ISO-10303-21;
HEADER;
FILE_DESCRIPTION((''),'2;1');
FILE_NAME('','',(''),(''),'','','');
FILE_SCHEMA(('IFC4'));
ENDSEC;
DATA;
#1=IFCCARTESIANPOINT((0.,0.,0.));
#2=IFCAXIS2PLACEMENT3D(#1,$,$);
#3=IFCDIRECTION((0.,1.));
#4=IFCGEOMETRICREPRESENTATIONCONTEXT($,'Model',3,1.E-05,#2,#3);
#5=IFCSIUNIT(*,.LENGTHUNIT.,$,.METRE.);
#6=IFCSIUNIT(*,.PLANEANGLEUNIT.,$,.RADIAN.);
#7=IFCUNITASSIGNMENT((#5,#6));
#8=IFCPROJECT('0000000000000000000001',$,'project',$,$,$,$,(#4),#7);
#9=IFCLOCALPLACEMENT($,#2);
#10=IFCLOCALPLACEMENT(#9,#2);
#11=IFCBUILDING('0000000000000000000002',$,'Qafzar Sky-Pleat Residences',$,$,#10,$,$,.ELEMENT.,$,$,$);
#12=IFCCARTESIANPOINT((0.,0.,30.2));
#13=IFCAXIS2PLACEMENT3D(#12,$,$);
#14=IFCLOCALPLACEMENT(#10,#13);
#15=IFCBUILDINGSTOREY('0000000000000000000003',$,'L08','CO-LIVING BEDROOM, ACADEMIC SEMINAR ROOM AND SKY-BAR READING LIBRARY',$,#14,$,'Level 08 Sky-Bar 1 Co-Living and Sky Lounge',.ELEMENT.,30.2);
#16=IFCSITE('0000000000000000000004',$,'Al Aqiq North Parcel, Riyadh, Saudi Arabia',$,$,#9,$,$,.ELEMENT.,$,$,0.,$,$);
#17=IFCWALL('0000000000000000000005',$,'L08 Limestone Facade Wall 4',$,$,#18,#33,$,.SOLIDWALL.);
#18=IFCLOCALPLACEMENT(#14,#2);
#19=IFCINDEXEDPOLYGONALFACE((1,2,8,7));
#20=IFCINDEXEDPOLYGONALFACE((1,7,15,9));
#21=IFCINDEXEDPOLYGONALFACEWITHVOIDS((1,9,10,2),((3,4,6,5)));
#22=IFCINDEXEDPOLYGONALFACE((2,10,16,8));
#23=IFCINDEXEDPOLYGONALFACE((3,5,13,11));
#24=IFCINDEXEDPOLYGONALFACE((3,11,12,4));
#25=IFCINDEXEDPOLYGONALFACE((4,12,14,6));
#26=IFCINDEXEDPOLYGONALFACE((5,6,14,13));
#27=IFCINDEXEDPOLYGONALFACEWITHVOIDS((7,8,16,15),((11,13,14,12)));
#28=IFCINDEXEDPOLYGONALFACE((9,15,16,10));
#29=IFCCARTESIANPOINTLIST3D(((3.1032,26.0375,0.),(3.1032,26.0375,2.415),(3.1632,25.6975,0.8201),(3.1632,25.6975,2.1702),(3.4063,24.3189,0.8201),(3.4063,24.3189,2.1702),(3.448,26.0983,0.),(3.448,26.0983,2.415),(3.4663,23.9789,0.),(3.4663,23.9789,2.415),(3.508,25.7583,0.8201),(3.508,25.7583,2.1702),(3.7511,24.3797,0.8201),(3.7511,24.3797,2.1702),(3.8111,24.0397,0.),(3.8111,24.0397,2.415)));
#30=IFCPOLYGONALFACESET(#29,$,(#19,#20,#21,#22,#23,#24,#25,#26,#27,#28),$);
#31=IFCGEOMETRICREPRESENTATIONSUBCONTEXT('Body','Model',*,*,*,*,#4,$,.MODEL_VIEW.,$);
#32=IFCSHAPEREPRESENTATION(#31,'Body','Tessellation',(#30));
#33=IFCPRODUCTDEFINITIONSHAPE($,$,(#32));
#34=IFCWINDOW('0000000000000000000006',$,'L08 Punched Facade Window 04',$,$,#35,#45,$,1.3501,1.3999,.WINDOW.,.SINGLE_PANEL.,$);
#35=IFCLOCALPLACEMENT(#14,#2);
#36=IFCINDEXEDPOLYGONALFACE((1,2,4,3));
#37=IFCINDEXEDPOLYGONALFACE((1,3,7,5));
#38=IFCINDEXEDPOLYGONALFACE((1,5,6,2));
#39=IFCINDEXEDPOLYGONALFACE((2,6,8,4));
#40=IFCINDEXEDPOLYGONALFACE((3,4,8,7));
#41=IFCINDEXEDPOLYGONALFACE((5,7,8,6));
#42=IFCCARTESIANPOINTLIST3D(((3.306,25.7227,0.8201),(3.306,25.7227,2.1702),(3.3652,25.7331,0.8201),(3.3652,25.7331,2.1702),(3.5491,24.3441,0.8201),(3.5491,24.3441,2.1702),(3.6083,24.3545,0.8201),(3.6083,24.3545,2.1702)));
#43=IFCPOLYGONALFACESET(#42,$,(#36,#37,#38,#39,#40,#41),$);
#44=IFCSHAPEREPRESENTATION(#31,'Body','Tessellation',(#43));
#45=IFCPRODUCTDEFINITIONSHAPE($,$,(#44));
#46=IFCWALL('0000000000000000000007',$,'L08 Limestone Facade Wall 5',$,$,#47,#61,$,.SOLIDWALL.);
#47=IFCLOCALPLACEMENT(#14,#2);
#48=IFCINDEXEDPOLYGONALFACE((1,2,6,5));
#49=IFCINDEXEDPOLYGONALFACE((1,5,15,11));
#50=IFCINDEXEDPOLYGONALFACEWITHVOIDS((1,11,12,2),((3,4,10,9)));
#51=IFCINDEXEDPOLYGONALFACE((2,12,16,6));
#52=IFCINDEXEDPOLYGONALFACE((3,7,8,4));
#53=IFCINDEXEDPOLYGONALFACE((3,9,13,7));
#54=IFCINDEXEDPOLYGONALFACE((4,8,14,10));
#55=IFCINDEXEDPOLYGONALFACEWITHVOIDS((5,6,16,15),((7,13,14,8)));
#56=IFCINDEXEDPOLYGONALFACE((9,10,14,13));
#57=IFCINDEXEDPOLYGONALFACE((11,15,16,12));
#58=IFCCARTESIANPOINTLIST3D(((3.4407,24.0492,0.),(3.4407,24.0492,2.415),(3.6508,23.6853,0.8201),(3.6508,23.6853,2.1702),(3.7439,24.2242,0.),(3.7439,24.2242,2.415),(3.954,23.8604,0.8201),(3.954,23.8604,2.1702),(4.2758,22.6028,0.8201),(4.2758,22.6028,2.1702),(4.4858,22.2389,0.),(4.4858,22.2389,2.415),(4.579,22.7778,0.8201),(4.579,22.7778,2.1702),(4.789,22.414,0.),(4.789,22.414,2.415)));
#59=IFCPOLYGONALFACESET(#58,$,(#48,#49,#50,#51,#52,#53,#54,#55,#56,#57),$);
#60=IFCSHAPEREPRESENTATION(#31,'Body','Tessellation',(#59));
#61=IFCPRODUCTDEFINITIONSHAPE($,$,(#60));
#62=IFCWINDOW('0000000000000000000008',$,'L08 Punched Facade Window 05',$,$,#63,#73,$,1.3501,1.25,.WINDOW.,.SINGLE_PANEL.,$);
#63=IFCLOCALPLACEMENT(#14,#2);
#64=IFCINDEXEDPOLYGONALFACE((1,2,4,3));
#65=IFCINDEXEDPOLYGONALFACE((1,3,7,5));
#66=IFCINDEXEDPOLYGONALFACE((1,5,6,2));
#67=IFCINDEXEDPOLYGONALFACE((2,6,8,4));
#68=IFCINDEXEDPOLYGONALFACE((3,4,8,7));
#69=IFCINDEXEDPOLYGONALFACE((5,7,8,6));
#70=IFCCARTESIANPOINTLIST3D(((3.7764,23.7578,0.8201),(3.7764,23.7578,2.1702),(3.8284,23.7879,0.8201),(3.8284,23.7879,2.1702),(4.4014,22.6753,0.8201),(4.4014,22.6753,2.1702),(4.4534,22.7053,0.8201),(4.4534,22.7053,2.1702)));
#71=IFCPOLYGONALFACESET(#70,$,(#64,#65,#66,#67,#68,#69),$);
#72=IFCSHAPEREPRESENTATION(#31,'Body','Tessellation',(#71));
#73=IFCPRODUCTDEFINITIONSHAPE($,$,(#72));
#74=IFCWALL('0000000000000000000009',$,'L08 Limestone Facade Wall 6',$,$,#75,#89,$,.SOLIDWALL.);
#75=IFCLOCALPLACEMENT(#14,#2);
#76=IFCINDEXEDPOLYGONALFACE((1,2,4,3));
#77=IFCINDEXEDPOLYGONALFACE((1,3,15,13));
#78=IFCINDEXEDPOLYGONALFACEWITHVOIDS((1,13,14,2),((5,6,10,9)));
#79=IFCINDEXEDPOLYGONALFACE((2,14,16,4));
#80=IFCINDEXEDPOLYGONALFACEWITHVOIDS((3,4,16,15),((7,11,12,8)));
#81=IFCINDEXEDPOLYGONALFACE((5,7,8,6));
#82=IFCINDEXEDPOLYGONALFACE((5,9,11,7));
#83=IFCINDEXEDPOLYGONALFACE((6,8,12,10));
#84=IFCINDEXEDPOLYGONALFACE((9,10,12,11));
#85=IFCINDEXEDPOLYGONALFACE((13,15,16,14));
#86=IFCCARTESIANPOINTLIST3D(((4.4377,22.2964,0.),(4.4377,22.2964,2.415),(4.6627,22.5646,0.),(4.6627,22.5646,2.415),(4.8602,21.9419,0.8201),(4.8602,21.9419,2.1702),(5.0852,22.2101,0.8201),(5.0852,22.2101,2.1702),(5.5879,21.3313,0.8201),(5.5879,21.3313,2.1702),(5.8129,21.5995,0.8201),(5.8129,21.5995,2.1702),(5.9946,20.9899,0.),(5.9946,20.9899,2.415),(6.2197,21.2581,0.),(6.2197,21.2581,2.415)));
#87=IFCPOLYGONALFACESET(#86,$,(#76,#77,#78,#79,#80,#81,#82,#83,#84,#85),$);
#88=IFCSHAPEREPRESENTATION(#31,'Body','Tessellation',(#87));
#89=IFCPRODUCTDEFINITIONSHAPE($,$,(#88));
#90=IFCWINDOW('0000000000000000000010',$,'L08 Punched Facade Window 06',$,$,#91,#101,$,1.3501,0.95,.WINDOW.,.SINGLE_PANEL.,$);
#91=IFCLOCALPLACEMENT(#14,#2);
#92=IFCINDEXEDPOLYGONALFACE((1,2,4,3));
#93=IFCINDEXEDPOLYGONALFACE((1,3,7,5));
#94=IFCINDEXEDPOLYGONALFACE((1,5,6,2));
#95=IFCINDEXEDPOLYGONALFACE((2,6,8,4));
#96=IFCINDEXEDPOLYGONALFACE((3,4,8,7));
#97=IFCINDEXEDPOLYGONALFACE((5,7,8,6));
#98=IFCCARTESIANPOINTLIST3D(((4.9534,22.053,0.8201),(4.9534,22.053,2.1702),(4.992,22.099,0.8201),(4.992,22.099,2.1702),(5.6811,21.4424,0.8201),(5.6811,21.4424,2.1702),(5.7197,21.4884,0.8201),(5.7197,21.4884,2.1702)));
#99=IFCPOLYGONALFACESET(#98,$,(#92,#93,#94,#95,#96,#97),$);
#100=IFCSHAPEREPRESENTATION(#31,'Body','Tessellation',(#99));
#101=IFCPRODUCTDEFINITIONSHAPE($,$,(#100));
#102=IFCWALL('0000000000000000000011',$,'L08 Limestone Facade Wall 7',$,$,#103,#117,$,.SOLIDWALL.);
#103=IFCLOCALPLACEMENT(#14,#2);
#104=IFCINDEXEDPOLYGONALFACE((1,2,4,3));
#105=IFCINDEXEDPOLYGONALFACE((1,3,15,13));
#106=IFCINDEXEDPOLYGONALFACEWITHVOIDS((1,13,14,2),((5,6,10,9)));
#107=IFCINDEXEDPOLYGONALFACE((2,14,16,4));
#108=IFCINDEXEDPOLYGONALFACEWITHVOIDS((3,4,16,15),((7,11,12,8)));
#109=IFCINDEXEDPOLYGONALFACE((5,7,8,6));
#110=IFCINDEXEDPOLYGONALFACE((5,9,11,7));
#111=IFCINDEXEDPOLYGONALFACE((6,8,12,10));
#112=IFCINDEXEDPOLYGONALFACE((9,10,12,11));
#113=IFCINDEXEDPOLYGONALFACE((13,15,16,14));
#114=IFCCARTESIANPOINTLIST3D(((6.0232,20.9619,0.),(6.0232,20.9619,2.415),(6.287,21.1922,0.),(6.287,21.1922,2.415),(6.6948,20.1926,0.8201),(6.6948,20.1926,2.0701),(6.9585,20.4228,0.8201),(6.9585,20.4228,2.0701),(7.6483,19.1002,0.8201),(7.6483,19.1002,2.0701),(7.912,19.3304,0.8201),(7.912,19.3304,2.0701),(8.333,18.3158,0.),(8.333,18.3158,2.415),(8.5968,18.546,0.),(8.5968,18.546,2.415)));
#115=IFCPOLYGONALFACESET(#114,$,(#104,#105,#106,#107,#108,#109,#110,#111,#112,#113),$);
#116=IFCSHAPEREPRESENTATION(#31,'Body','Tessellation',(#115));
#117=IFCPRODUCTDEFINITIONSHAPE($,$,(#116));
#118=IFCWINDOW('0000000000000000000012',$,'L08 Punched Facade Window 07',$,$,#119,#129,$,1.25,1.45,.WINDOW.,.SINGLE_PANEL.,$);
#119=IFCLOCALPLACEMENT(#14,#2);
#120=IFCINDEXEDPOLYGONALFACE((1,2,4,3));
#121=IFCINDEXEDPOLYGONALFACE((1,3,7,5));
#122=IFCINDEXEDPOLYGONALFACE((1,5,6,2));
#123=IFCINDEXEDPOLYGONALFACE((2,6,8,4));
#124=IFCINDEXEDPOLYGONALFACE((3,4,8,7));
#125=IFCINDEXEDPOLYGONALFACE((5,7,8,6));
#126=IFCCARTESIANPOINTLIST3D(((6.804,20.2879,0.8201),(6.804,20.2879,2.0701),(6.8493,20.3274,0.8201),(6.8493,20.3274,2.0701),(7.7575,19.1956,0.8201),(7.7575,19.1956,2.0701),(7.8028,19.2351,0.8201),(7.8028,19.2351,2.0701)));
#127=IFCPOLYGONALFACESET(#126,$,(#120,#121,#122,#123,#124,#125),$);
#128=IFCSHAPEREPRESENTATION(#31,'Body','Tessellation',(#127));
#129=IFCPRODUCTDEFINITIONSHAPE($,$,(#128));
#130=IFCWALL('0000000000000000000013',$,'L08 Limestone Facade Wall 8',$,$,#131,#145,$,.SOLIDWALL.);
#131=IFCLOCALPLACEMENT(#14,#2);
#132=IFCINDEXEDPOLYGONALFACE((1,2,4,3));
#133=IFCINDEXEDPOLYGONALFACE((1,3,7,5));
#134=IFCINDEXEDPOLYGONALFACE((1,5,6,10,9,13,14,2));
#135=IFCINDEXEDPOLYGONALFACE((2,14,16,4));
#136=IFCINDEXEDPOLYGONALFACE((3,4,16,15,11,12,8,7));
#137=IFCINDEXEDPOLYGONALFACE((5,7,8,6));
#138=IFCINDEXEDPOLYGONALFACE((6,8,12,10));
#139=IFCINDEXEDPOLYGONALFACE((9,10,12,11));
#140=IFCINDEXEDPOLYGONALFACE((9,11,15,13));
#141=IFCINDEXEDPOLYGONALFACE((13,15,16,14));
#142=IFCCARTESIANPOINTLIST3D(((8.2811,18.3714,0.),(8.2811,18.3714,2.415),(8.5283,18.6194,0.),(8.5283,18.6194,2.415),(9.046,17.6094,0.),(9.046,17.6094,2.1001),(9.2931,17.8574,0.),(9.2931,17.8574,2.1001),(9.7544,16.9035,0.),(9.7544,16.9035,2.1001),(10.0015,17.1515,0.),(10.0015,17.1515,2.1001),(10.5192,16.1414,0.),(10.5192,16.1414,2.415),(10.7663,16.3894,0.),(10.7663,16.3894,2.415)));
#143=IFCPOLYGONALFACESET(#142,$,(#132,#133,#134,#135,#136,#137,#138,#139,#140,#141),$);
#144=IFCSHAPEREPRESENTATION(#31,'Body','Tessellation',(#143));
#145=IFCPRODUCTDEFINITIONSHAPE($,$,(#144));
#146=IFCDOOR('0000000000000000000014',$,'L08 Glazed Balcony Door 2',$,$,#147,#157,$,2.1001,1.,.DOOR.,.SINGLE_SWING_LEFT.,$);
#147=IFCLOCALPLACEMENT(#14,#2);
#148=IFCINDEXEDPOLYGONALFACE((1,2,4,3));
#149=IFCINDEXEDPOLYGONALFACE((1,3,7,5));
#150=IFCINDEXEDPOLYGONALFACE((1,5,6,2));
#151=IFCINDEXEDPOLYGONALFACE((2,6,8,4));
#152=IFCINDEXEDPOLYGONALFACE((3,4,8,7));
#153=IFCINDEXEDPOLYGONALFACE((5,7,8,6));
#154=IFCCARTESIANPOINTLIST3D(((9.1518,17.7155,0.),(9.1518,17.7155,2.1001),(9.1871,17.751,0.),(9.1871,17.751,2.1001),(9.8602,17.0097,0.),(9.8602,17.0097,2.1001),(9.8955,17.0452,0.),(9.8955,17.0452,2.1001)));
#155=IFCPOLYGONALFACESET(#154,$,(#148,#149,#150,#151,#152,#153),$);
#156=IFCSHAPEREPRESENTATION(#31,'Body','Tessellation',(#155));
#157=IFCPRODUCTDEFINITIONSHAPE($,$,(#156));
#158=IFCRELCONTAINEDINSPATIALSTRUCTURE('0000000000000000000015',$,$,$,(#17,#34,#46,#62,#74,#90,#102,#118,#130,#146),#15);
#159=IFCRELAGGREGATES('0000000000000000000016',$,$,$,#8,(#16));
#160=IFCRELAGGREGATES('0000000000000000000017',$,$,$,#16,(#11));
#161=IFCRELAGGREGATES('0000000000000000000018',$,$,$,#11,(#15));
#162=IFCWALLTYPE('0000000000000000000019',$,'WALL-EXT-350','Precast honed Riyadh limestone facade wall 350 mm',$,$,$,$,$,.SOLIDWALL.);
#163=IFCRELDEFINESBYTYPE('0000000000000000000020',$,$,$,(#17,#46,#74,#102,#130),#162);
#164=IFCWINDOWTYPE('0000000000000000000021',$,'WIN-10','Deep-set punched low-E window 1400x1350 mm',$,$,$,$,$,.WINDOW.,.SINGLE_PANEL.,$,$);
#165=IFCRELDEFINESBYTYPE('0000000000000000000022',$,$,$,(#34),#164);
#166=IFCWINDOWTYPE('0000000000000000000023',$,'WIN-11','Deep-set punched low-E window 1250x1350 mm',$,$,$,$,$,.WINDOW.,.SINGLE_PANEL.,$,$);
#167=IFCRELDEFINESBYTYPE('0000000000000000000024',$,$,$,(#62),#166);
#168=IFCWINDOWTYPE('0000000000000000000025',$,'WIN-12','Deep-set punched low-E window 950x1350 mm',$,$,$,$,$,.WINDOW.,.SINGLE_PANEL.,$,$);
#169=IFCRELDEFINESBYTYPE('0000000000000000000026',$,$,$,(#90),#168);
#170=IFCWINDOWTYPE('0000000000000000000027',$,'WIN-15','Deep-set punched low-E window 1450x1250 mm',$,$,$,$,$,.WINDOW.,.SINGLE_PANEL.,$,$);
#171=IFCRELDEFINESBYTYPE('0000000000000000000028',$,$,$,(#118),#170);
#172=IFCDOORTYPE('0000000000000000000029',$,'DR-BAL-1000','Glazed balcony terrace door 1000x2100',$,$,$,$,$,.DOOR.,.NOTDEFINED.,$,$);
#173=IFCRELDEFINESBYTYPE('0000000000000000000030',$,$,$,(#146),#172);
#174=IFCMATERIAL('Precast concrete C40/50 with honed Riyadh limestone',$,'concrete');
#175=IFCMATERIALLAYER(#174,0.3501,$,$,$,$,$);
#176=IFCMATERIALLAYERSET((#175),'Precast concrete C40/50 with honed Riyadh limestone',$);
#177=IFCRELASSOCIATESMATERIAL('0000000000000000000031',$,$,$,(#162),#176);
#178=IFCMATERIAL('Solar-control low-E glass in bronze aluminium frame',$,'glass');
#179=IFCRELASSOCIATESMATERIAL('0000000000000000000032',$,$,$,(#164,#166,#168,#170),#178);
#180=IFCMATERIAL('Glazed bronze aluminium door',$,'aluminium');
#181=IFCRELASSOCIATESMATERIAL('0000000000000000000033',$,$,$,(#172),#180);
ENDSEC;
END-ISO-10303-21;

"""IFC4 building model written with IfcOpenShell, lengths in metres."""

from ifc_helpers import new_model, si_unit, direction, frame, frame_2d, origin, place, context, subcontext, project, spatial, rectangle, extrude, source, transform, mapped, material, layer, layer_set, type_object, element, fill, save


model = new_model("IFC4")

# Units and contexts
model_context = context("Model", 3, precision=1e-05, world=origin(), true_north=direction((0.0, 1.0)))
body_context = subcontext(model_context, "Body", "Model", "MODEL_VIEW")
ifc_project = project(units=[si_unit("LENGTHUNIT", "METRE"), si_unit("PLANEANGLEUNIT", "RADIAN")], contexts=[model_context])

# Site, building, storey
site_placement = place(None, origin())
site = spatial("IfcSite", under=ifc_project, at=site_placement, Name="Al Aqiq North Parcel, Riyadh, Saudi Arabia", CompositionType="ELEMENT", RefElevation=0.0)
building_placement = place(site_placement, origin())
building = spatial("IfcBuilding", under=site, at=building_placement, Name="Qafzar Sky-Pleat Residences", CompositionType="ELEMENT")
storey_placement = place(building_placement, frame((0.0, 0.0, 30.2)))
storey = spatial("IfcBuildingStorey", under=building, at=storey_placement, Name="L08", Description="CO-LIVING BEDROOM, ACADEMIC SEMINAR ROOM AND SKY-BAR READING LIBRARY", LongName="Level 08 Sky-Bar 1 Co-Living and Sky Lounge", CompositionType="ELEMENT", Elevation=30.2)

# Walls, openings, windows
ifc_material_1 = material(Name="Precast concrete C40/50 with honed Riyadh limestone", Category="concrete")
ifc_layer_1 = layer(ifc_material_1, 0.3501)
ifc_layer_set_1 = layer_set([ifc_layer_1], Name="Precast concrete C40/50 with honed Riyadh limestone")
wall_type_1 = type_object("IfcWallType", Name="WALL-EXT-350", Description="Precast honed Riyadh limestone facade wall 350 mm", PredefinedType="SOLIDWALL", material=ifc_layer_set_1)
wall_1_placement = place(storey_placement, frame((3.2756, 26.0679, 0.0), z_axis=(0.0, 0.0, 1.0), x_axis=(0.173672, -0.984804, 0.0)))
wall_1 = element("IfcWall", 1, at=wall_1_placement, inside=storey, type_object=wall_type_1, Name="L08 Limestone Facade Wall 4", PredefinedType="SOLIDWALL", context=body_context, shape_type="SweptSolid", body=[
    extrude(rectangle(XDim=2.0903, YDim=0.3501, at=frame_2d((1.0452, 0.0))), origin(), (0.0, 0.0, 1.0), 2.415),
])
opening_1_placement = place(wall_1_placement, frame((0.3452, 0.0, 0.8201)))
opening_1 = element("IfcOpeningElement", 2, at=opening_1_placement, cuts=wall_1, PredefinedType="OPENING", context=body_context, shape_type="SweptSolid", body=[
    extrude(rectangle(XDim=1.3999, YDim=1.3501, at=frame_2d((0.7, 0.675))), frame((0.0, 0.1851, 0.0), z_axis=(0.0, -1.0, 0.0), x_axis=(1.0, 0.0, 0.0)), (0.0, 0.0, 1.0), 0.3701),
])
ifc_material_2 = material(Name="Solar-control low-E glass in bronze aluminium frame", Category="glass")
window_type_1 = type_object("IfcWindowType", Name="WIN-10", Description="Deep-set punched low-E window 1400x1350 mm", PartitioningType="SINGLE_PANEL", PredefinedType="WINDOW", material=ifc_material_2)
shared_shape_1 = source(origin(), body_context, "Body", "SweptSolid", [
    extrude(rectangle(XDim=1.3999, YDim=1.3501, at=frame_2d((0.7, 0.675))), frame((0.0, 0.03, 0.0), z_axis=(0.0, -1.0, 0.0), x_axis=(1.0, 0.0, 0.0)), (0.0, 0.0, 1.0), 0.0601),
])
window_1_placement = place(opening_1_placement, origin())
window_1 = element("IfcWindow", 3, at=window_1_placement, inside=storey, type_object=window_type_1, Name="L08 Punched Facade Window 04", OverallHeight=1.3501, OverallWidth=1.3999, PartitioningType="SINGLE_PANEL", PredefinedType="WINDOW", context=body_context, shape_type="MappedRepresentation", body=[
    mapped(shared_shape_1, transform((0.0, 0.0, 0.0), x_axis=(1.0, 0.0, 0.0), y_axis=(0.0, 1.0, 0.0), z_axis=(0.0, 0.0, 1.0), scale=1.0)),
])
fill(opening_1, window_1)
wall_2_placement = place(storey_placement, frame((3.5923, 24.1367, 0.0), z_axis=(0.0, 0.0, 1.0), x_axis=(0.499995, -0.866028, 0.0)))
wall_2 = element("IfcWall", 4, at=wall_2_placement, inside=storey, type_object=wall_type_1, Name="L08 Limestone Facade Wall 5", PredefinedType="SOLIDWALL", context=body_context, shape_type="SweptSolid", body=[
    extrude(rectangle(XDim=2.0903, YDim=0.3501, at=frame_2d((1.0452, 0.0))), origin(), (0.0, 0.0, 1.0), 2.415),
])
opening_2_placement = place(wall_2_placement, frame((0.4202, 0.0, 0.8201)))
opening_2 = element("IfcOpeningElement", 5, at=opening_2_placement, cuts=wall_2, PredefinedType="OPENING", context=body_context, shape_type="SweptSolid", body=[
    extrude(rectangle(XDim=1.25, YDim=1.3501, at=frame_2d((0.625, 0.675))), frame((0.0, 0.1851, 0.0), z_axis=(0.0, -1.0, 0.0), x_axis=(1.0, 0.0, 0.0)), (0.0, 0.0, 1.0), 0.3701),
])
window_type_2 = type_object("IfcWindowType", Name="WIN-11", Description="Deep-set punched low-E window 1250x1350 mm", PartitioningType="SINGLE_PANEL", PredefinedType="WINDOW", material=ifc_material_2)
shared_shape_2 = source(origin(), body_context, "Body", "SweptSolid", [
    extrude(rectangle(XDim=1.25, YDim=1.3501, at=frame_2d((0.625, 0.675))), frame((0.0, 0.03, 0.0), z_axis=(0.0, -1.0, 0.0), x_axis=(1.0, 0.0, 0.0)), (0.0, 0.0, 1.0), 0.0601),
])
window_2_placement = place(opening_2_placement, origin())
window_2 = element("IfcWindow", 6, at=window_2_placement, inside=storey, type_object=window_type_2, Name="L08 Punched Facade Window 05", OverallHeight=1.3501, OverallWidth=1.25, PartitioningType="SINGLE_PANEL", PredefinedType="WINDOW", context=body_context, shape_type="MappedRepresentation", body=[
    mapped(shared_shape_2, transform((0.0, 0.0, 0.0), x_axis=(1.0, 0.0, 0.0), y_axis=(0.0, 1.0, 0.0), z_axis=(0.0, 0.0, 1.0), scale=1.0)),
])
fill(opening_2, window_2)
wall_3_placement = place(storey_placement, frame((4.5503, 22.4304, 0.0), z_axis=(0.0, 0.0, 1.0), x_axis=(0.766041, -0.642792, 0.0)))
wall_3 = element("IfcWall", 7, at=wall_3_placement, inside=storey, type_object=wall_type_1, Name="L08 Limestone Facade Wall 6", PredefinedType="SOLIDWALL", context=body_context, shape_type="SweptSolid", body=[
    extrude(rectangle(XDim=2.0325, YDim=0.3501, at=frame_2d((1.0161, 0.0))), origin(), (0.0, 0.0, 1.0), 2.415),
])
opening_3_placement = place(wall_3_placement, frame((0.5513, 0.0, 0.8201)))
opening_3 = element("IfcOpeningElement", 8, at=opening_3_placement, cuts=wall_3, PredefinedType="OPENING", context=body_context, shape_type="SweptSolid", body=[
    extrude(rectangle(XDim=0.95, YDim=1.3501, at=frame_2d((0.4751, 0.675))), frame((0.0, 0.1851, 0.0), z_axis=(0.0, -1.0, 0.0), x_axis=(1.0, 0.0, 0.0)), (0.0, 0.0, 1.0), 0.3701),
])
window_type_3 = type_object("IfcWindowType", Name="WIN-12", Description="Deep-set punched low-E window 950x1350 mm", PartitioningType="SINGLE_PANEL", PredefinedType="WINDOW", material=ifc_material_2)
shared_shape_3 = source(origin(), body_context, "Body", "SweptSolid", [
    extrude(rectangle(XDim=0.95, YDim=1.3501, at=frame_2d((0.4751, 0.675))), frame((0.0, 0.03, 0.0), z_axis=(0.0, -1.0, 0.0), x_axis=(1.0, 0.0, 0.0)), (0.0, 0.0, 1.0), 0.0601),
])
window_3_placement = place(opening_3_placement, origin())
window_3 = element("IfcWindow", 9, at=window_3_placement, inside=storey, type_object=window_type_3, Name="L08 Punched Facade Window 06", OverallHeight=1.3501, OverallWidth=0.95, PartitioningType="SINGLE_PANEL", PredefinedType="WINDOW", context=body_context, shape_type="MappedRepresentation", body=[
    mapped(shared_shape_3, transform((0.0, 0.0, 0.0), x_axis=(1.0, 0.0, 0.0), y_axis=(0.0, 1.0, 0.0), z_axis=(0.0, 0.0, 1.0), scale=1.0)),
])
fill(opening_3, window_3)
wall_4_placement = place(storey_placement, frame((6.155, 21.0771, 0.0), z_axis=(0.0, 0.0, 1.0), x_axis=(0.657594, -0.753373, 0.0)))
wall_4 = element("IfcWall", 10, at=wall_4_placement, inside=storey, type_object=wall_type_1, Name="L08 Limestone Facade Wall 7", PredefinedType="SOLIDWALL", context=body_context, shape_type="SweptSolid", body=[
    extrude(rectangle(XDim=3.5125, YDim=0.3501, at=frame_2d((1.7563, 0.0))), origin(), (0.0, 0.0, 1.0), 2.415),
])
opening_4_placement = place(wall_4_placement, frame((1.0212, 0.0, 0.8201)))
opening_4 = element("IfcOpeningElement", 11, at=opening_4_placement, cuts=wall_4, PredefinedType="OPENING", context=body_context, shape_type="SweptSolid", body=[
    extrude(rectangle(XDim=1.45, YDim=1.25, at=frame_2d((0.7251, 0.625))), frame((0.0, 0.1851, 0.0), z_axis=(0.0, -1.0, 0.0), x_axis=(1.0, 0.0, 0.0)), (0.0, 0.0, 1.0), 0.3701),
])
window_type_4 = type_object("IfcWindowType", Name="WIN-15", Description="Deep-set punched low-E window 1450x1250 mm", PartitioningType="SINGLE_PANEL", PredefinedType="WINDOW", material=ifc_material_2)
shared_shape_4 = source(origin(), body_context, "Body", "SweptSolid", [
    extrude(rectangle(XDim=1.45, YDim=1.25, at=frame_2d((0.7251, 0.625))), frame((0.0, 0.03, 0.0), z_axis=(0.0, -1.0, 0.0), x_axis=(1.0, 0.0, 0.0)), (0.0, 0.0, 1.0), 0.0601),
])
window_4_placement = place(opening_4_placement, origin())
window_4 = element("IfcWindow", 12, at=window_4_placement, inside=storey, type_object=window_type_4, Name="L08 Punched Facade Window 07", OverallHeight=1.25, OverallWidth=1.45, PartitioningType="SINGLE_PANEL", PredefinedType="WINDOW", context=body_context, shape_type="MappedRepresentation", body=[
    mapped(shared_shape_4, transform((0.0, 0.0, 0.0), x_axis=(1.0, 0.0, 0.0), y_axis=(0.0, 1.0, 0.0), z_axis=(0.0, 0.0, 1.0), scale=1.0)),
])
fill(opening_4, window_4)

# Wall, opening, door
wall_5_placement = place(storey_placement, frame((8.4048, 18.4954, 0.0), z_axis=(0.0, 0.0, 1.0), x_axis=(0.708381, -0.705831, 0.0)))
wall_5 = element("IfcWall", 13, at=wall_5_placement, inside=storey, type_object=wall_type_1, Name="L08 Limestone Facade Wall 8", PredefinedType="SOLIDWALL", context=body_context, shape_type="SweptSolid", body=[
    extrude(rectangle(XDim=3.1594, YDim=0.3501, at=frame_2d((1.5796, 0.0))), origin(), (0.0, 0.0, 1.0), 2.415),
])
opening_5_placement = place(wall_5_placement, frame((1.0796, 0.0, 0.0)))
opening_5 = element("IfcOpeningElement", 14, at=opening_5_placement, cuts=wall_5, PredefinedType="OPENING", context=body_context, shape_type="SweptSolid", body=[
    extrude(rectangle(XDim=1.0, YDim=2.1001, at=frame_2d((0.5, 1.05))), frame((0.0, 0.1851, 0.0), z_axis=(0.0, -1.0, 0.0), x_axis=(1.0, 0.0, 0.0)), (0.0, 0.0, 1.0), 0.3701),
])
ifc_material_3 = material(Name="Glazed bronze aluminium door", Category="aluminium")
door_type = type_object("IfcDoorType", Name="DR-BAL-1000", Description="Glazed balcony terrace door 1000x2100", OperationType="NOTDEFINED", PredefinedType="DOOR", material=ifc_material_3)
shared_shape_5 = source(origin(), body_context, "Body", "SweptSolid", [
    extrude(rectangle(XDim=1.0, YDim=2.1001, at=frame_2d((0.5, 1.05))), frame((0.0, 0.0249, 0.0), z_axis=(0.0, -1.0, 0.0), x_axis=(1.0, 0.0, 0.0)), (0.0, 0.0, 1.0), 0.05),
])
door_placement = place(opening_5_placement, origin())
door = element("IfcDoor", 15, at=door_placement, inside=storey, type_object=door_type, Name="L08 Glazed Balcony Door 2", OperationType="SINGLE_SWING_LEFT", OverallHeight=2.1001, OverallWidth=1.0, PredefinedType="DOOR", context=body_context, shape_type="MappedRepresentation", body=[
    mapped(shared_shape_5, transform((0.0, 0.0, 0.0), x_axis=(1.0, 0.0, 0.0), y_axis=(0.0, 1.0, 0.0), z_axis=(0.0, 0.0, 1.0), scale=1.0)),
])
fill(opening_5, door)

save(model, "model.ifc")
